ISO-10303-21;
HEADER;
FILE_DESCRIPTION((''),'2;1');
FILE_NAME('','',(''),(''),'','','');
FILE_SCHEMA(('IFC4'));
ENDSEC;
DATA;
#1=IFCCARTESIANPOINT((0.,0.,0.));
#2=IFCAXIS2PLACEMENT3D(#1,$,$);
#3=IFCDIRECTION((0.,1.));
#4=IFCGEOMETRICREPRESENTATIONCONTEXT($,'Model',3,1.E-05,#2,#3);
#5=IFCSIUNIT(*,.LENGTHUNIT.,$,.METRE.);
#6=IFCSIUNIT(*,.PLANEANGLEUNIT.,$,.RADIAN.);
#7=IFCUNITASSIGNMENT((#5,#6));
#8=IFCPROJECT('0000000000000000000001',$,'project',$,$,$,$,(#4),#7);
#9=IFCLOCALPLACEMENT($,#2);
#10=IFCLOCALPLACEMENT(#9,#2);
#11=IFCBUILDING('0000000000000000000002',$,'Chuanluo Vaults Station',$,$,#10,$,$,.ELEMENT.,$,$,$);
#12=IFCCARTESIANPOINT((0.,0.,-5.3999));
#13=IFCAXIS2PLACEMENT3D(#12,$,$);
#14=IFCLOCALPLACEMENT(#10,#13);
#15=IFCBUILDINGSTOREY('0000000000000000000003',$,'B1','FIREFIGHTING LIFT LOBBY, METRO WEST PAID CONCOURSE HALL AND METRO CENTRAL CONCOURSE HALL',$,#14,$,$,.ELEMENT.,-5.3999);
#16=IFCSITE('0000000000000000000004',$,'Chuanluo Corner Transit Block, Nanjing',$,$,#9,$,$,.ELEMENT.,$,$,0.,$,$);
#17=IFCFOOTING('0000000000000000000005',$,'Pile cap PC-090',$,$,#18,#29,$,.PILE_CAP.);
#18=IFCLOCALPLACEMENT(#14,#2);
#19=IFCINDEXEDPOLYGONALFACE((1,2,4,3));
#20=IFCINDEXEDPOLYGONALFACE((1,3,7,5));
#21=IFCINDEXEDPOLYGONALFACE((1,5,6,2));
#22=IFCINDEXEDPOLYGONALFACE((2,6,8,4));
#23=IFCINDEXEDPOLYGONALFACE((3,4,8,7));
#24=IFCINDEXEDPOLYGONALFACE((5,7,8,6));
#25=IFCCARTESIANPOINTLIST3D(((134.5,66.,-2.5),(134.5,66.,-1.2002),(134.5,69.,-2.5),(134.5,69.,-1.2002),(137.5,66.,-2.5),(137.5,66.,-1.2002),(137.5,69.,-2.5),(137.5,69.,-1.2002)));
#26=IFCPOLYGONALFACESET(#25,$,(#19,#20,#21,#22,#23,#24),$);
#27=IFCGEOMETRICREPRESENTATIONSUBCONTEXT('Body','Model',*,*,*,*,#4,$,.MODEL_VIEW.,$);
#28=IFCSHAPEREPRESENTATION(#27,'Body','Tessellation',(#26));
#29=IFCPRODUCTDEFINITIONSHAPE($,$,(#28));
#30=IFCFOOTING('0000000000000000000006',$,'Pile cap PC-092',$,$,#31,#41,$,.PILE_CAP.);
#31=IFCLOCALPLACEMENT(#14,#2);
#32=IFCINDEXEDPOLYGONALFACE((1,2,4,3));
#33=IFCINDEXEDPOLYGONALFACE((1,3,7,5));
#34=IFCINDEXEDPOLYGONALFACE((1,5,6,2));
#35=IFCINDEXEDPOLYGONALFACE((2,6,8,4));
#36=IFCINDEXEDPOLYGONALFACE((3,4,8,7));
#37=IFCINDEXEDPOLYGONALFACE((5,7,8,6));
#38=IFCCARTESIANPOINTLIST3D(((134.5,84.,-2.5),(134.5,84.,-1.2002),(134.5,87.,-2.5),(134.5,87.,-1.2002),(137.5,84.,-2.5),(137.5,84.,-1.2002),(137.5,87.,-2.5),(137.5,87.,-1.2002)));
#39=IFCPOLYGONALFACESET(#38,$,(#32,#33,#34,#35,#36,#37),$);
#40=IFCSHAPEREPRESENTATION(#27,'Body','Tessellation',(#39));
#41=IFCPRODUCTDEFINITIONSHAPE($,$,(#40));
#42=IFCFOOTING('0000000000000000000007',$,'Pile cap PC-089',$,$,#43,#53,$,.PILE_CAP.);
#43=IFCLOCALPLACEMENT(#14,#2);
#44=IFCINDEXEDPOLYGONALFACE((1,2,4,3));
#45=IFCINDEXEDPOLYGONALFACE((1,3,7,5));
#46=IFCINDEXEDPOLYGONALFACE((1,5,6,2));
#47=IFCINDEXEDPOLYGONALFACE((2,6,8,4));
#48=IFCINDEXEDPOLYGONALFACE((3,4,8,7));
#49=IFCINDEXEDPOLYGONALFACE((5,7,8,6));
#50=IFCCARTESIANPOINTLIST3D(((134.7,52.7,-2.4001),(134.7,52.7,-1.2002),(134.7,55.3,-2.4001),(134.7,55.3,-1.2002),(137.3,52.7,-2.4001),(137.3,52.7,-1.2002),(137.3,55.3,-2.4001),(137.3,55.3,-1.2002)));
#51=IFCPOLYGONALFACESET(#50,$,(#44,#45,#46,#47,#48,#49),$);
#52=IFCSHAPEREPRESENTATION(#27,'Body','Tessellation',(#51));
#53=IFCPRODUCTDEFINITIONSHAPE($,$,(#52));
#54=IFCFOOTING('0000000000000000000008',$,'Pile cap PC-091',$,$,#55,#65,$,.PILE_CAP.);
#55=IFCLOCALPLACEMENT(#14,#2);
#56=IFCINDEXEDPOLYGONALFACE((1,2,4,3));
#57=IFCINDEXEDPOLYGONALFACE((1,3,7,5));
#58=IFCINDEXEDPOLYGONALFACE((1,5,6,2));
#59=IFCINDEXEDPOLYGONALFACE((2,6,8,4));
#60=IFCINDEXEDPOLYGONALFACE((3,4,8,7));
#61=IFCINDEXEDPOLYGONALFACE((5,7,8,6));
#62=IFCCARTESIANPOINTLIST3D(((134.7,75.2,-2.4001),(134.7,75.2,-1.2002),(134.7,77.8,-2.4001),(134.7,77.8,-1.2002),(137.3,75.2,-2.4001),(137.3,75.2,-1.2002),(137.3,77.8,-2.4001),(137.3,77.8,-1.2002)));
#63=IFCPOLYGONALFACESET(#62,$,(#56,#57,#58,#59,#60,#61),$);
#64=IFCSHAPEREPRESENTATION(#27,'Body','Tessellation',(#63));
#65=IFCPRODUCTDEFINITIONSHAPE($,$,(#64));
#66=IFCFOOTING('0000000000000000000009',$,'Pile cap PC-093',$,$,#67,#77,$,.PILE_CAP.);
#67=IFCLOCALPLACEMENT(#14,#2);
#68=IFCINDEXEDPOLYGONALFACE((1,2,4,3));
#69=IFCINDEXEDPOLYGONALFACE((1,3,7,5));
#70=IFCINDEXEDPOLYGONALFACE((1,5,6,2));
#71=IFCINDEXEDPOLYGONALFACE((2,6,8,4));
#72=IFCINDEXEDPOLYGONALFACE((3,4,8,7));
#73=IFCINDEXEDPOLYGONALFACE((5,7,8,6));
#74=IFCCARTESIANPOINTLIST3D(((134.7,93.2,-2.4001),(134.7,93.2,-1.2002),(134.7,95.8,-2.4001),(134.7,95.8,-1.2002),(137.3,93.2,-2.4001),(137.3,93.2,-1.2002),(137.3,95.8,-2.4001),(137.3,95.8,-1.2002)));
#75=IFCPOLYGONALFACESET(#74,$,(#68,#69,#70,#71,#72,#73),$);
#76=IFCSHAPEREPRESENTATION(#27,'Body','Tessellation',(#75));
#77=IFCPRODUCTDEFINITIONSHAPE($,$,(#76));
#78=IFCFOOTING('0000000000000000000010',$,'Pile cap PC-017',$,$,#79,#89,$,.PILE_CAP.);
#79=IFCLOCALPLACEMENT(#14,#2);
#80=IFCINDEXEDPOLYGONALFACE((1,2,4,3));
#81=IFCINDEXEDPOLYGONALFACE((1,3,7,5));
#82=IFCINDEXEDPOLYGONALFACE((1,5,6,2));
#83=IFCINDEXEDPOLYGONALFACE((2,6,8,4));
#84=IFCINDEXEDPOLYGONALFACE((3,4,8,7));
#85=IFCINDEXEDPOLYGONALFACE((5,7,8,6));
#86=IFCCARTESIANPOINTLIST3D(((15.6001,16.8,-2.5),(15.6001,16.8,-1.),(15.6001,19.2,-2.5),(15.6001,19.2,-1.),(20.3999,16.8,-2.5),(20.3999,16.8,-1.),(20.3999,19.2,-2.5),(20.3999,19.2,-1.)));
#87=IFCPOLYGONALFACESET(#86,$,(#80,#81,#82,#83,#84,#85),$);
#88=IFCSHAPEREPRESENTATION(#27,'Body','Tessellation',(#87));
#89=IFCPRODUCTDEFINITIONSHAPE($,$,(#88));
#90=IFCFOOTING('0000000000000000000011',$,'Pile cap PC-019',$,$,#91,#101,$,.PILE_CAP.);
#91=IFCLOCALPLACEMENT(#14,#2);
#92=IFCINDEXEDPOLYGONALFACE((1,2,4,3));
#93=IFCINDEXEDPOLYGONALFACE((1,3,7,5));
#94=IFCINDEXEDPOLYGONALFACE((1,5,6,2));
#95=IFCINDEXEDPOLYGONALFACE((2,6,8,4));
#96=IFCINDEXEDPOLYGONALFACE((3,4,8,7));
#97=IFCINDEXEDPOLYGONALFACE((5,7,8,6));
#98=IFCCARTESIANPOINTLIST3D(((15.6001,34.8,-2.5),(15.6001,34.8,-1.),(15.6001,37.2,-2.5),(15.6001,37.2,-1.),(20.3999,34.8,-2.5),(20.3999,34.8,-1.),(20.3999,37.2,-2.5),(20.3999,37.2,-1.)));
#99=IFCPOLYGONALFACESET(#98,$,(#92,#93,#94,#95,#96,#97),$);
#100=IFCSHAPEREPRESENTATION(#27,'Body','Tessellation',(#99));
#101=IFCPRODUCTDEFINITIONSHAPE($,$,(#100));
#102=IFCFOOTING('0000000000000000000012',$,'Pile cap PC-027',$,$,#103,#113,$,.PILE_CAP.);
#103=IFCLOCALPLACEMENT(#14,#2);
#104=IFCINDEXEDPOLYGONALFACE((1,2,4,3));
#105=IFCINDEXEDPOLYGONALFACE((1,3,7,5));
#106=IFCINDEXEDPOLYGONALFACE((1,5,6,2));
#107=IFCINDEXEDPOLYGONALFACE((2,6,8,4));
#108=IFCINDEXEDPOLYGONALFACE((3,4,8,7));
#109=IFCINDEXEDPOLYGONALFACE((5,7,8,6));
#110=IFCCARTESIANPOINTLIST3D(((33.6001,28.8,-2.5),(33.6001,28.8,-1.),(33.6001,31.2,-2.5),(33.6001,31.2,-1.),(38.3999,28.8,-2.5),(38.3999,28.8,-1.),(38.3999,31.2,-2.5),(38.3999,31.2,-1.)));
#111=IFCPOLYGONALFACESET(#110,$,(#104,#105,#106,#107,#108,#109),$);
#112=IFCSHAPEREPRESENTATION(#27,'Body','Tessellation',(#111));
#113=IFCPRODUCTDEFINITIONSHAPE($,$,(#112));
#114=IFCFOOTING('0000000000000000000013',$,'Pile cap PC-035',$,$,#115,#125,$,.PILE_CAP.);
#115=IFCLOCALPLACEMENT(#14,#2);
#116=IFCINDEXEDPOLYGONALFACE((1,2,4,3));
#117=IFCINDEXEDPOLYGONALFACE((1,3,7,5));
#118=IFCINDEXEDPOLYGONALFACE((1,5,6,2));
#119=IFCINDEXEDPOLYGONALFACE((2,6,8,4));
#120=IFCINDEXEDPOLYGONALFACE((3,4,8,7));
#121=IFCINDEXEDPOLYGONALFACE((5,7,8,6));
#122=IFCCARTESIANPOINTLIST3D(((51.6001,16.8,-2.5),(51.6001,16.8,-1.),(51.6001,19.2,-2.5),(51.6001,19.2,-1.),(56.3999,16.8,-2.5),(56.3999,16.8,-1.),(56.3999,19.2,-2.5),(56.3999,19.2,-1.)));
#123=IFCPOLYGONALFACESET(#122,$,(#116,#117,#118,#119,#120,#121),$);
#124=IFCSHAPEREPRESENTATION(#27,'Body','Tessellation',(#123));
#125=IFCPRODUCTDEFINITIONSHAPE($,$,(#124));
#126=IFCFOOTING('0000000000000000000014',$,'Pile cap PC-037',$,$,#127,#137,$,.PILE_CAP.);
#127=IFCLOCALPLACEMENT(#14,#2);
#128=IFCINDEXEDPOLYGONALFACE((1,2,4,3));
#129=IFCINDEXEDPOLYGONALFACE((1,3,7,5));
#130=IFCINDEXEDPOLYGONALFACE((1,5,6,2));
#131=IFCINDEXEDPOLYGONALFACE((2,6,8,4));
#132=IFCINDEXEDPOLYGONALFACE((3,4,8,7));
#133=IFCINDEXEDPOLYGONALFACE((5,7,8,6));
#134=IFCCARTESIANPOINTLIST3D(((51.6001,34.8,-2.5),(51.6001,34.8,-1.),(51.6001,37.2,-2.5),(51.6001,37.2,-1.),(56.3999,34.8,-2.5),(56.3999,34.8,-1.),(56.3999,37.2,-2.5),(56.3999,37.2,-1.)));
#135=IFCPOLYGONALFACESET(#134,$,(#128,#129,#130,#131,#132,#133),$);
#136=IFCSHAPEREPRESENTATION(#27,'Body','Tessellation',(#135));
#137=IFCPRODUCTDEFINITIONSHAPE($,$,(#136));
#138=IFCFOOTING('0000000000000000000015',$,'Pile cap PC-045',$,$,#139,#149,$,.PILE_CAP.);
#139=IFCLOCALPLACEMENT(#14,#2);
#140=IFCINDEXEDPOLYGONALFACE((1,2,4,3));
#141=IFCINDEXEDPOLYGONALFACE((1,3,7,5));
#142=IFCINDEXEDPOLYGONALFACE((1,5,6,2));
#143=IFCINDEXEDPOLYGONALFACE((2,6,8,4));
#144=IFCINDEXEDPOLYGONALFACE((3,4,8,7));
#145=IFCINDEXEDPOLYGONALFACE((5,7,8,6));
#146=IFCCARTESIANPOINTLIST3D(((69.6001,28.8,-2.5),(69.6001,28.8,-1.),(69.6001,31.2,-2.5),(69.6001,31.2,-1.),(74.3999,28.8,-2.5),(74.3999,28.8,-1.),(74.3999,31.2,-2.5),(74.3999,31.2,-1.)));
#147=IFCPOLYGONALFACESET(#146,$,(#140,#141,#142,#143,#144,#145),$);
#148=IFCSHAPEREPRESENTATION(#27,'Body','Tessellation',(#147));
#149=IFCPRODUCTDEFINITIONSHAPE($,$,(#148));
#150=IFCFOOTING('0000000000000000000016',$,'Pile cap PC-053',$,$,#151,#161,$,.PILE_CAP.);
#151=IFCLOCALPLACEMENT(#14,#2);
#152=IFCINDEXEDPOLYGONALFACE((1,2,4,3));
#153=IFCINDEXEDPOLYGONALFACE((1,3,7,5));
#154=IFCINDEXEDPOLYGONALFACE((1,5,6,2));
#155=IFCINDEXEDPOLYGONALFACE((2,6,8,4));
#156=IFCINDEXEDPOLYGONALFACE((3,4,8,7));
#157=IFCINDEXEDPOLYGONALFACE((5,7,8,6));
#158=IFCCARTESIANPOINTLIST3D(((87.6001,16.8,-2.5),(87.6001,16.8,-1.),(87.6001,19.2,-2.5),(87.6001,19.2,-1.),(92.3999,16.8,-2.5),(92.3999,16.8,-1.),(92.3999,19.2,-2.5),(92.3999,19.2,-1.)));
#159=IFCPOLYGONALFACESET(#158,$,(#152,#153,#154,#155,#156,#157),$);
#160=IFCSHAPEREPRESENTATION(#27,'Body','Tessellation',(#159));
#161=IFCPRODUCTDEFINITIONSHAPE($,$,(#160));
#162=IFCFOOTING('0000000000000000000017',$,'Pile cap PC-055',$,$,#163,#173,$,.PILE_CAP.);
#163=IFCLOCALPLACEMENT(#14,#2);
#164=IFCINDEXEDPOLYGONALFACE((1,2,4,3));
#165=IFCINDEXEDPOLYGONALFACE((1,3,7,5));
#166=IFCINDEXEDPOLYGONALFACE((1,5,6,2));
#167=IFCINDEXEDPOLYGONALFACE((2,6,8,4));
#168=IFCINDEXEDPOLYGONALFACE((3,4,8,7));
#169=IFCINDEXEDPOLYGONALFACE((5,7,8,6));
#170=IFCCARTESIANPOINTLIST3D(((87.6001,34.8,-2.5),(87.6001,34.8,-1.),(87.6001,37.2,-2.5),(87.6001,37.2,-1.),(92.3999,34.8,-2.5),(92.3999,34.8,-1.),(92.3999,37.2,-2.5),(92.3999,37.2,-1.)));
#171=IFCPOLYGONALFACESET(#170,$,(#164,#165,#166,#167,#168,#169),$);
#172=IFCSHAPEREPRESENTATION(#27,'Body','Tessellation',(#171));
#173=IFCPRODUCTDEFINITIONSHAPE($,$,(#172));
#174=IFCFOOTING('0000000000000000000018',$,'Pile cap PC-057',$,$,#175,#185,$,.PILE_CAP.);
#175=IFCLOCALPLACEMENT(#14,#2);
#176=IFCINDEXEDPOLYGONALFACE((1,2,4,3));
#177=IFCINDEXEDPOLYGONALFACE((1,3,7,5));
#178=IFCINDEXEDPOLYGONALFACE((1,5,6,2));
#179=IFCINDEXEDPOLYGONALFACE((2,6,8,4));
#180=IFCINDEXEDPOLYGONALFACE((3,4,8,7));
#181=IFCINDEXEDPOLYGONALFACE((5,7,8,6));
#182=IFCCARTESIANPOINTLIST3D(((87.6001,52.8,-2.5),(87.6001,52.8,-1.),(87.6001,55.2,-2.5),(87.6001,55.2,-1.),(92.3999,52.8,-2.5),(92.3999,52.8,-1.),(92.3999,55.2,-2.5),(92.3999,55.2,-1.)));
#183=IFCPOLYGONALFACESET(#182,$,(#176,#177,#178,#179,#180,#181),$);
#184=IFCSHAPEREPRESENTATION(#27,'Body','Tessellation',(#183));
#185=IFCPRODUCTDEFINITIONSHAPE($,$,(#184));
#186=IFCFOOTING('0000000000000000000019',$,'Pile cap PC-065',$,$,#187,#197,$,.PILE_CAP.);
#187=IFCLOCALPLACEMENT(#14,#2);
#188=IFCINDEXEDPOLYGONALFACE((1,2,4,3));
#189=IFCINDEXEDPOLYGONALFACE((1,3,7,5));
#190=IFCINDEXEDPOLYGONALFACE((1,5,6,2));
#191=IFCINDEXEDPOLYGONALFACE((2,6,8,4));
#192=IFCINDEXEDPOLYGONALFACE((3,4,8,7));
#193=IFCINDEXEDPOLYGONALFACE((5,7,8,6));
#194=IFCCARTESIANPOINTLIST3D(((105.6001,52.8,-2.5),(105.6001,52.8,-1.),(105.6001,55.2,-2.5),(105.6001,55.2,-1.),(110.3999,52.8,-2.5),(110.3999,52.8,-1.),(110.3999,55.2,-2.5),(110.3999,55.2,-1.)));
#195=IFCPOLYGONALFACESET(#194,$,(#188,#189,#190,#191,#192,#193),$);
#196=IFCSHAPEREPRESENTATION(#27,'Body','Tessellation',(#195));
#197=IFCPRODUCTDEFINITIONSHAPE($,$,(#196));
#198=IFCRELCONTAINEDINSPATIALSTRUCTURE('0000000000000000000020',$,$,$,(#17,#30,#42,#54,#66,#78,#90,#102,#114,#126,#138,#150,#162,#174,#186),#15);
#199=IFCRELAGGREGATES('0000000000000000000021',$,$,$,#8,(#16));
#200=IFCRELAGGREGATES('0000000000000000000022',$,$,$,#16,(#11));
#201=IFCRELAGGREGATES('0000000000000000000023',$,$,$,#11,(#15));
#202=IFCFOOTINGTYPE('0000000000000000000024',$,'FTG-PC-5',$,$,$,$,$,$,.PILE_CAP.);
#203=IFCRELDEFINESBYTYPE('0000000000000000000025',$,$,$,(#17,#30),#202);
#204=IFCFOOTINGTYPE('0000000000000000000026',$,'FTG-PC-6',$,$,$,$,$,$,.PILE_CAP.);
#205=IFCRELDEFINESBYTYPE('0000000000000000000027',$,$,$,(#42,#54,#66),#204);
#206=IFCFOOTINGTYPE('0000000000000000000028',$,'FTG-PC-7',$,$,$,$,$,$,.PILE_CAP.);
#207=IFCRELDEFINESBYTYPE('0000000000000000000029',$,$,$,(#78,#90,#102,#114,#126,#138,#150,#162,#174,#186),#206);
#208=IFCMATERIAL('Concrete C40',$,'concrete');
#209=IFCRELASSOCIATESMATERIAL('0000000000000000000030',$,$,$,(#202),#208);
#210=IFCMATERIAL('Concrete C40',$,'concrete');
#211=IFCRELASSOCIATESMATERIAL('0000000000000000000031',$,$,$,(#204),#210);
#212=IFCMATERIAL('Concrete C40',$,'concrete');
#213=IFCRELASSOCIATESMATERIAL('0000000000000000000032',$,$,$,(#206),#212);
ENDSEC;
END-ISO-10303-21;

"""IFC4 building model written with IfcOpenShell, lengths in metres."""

from ifc_helpers import new_model, si_unit, direction, frame, origin, place, context, subcontext, project, spatial, polyline, outline, extrude, material, type_object, element, save


model = new_model("IFC4")

# Units and contexts
model_context = context("Model", 3, precision=1e-05, world=origin(), true_north=direction((0.0, 1.0)))
body_context = subcontext(model_context, "Body", "Model", "MODEL_VIEW")
ifc_project = project(units=[si_unit("LENGTHUNIT", "METRE"), si_unit("PLANEANGLEUNIT", "RADIAN")], contexts=[model_context])

# Site, building, storey
site_placement = place(None, origin())
site = spatial("IfcSite", under=ifc_project, at=site_placement, Name="Chuanluo Corner Transit Block, Nanjing", CompositionType="ELEMENT", RefElevation=0.0)
building_placement = place(site_placement, origin())
building = spatial("IfcBuilding", under=site, at=building_placement, Name="Chuanluo Vaults Station", CompositionType="ELEMENT")
storey_placement = place(building_placement, frame((0.0, 0.0, -5.3999)))
storey = spatial("IfcBuildingStorey", under=building, at=storey_placement, Name="B1", Description="FIREFIGHTING LIFT LOBBY, METRO WEST PAID CONCOURSE HALL AND METRO CENTRAL CONCOURSE HALL", CompositionType="ELEMENT", Elevation=-5.3999)

# Footings
ifc_material_1 = material(Name="Concrete C40", Category="concrete")
footing_type_1 = type_object("IfcFootingType", Name="FTG-PC-5", PredefinedType="PILE_CAP", material=ifc_material_1)
footing_1_placement = place(storey_placement, frame((0.0, 0.0, -2.5)))
element("IfcFooting", 1, at=footing_1_placement, inside=storey, type_object=footing_type_1, Name="Pile cap PC-090", PredefinedType="PILE_CAP", context=body_context, shape_type="SweptSolid", body=[
    extrude(outline(polyline([(134.5, 66.0), (137.5, 66.0), (137.5, 69.0), (134.5, 69.0), (134.5, 66.0)])), origin(), (0.0, 0.0, 1.0), 1.2998),
])
footing_2_placement = place(storey_placement, frame((0.0, 0.0, -2.5)))
element("IfcFooting", 2, at=footing_2_placement, inside=storey, type_object=footing_type_1, Name="Pile cap PC-092", PredefinedType="PILE_CAP", context=body_context, shape_type="SweptSolid", body=[
    extrude(outline(polyline([(134.5, 84.0), (137.5, 84.0), (137.5, 87.0), (134.5, 87.0), (134.5, 84.0)])), origin(), (0.0, 0.0, 1.0), 1.2998),
])
ifc_material_2 = material(Name="Concrete C40", Category="concrete")
footing_type_2 = type_object("IfcFootingType", Name="FTG-PC-6", PredefinedType="PILE_CAP", material=ifc_material_2)
footing_3_placement = place(storey_placement, frame((0.0, 0.0, -2.4001)))
element("IfcFooting", 3, at=footing_3_placement, inside=storey, type_object=footing_type_2, Name="Pile cap PC-089", PredefinedType="PILE_CAP", context=body_context, shape_type="SweptSolid", body=[
    extrude(outline(polyline([(134.7, 52.7), (137.3, 52.7), (137.3, 55.3), (134.7, 55.3), (134.7, 52.7)])), origin(), (0.0, 0.0, 1.0), 1.2),
])
footing_4_placement = place(storey_placement, frame((0.0, 0.0, -2.4001)))
element("IfcFooting", 4, at=footing_4_placement, inside=storey, type_object=footing_type_2, Name="Pile cap PC-091", PredefinedType="PILE_CAP", context=body_context, shape_type="SweptSolid", body=[
    extrude(outline(polyline([(134.7, 75.2), (137.3, 75.2), (137.3, 77.8), (134.7, 77.8), (134.7, 75.2)])), origin(), (0.0, 0.0, 1.0), 1.2),
])
footing_5_placement = place(storey_placement, frame((0.0, 0.0, -2.4001)))
element("IfcFooting", 5, at=footing_5_placement, inside=storey, type_object=footing_type_2, Name="Pile cap PC-093", PredefinedType="PILE_CAP", context=body_context, shape_type="SweptSolid", body=[
    extrude(outline(polyline([(134.7, 93.2), (137.3, 93.2), (137.3, 95.8), (134.7, 95.8), (134.7, 93.2)])), origin(), (0.0, 0.0, 1.0), 1.2),
])
ifc_material_3 = material(Name="Concrete C40", Category="concrete")
footing_type_3 = type_object("IfcFootingType", Name="FTG-PC-7", PredefinedType="PILE_CAP", material=ifc_material_3)
footing_6_placement = place(storey_placement, frame((0.0, 0.0, -2.5)))
element("IfcFooting", 6, at=footing_6_placement, inside=storey, type_object=footing_type_3, Name="Pile cap PC-017", PredefinedType="PILE_CAP", context=body_context, shape_type="SweptSolid", body=[
    extrude(outline(polyline([(15.6001, 16.8), (20.3999, 16.8), (20.3999, 19.2), (15.6001, 19.2), (15.6001, 16.8)])), origin(), (0.0, 0.0, 1.0), 1.5),
])
footing_7_placement = place(storey_placement, frame((0.0, 0.0, -2.5)))
element("IfcFooting", 7, at=footing_7_placement, inside=storey, type_object=footing_type_3, Name="Pile cap PC-019", PredefinedType="PILE_CAP", context=body_context, shape_type="SweptSolid", body=[
    extrude(outline(polyline([(15.6001, 34.8), (20.3999, 34.8), (20.3999, 37.2), (15.6001, 37.2), (15.6001, 34.8)])), origin(), (0.0, 0.0, 1.0), 1.5),
])
footing_8_placement = place(storey_placement, frame((0.0, 0.0, -2.5)))
element("IfcFooting", 8, at=footing_8_placement, inside=storey, type_object=footing_type_3, Name="Pile cap PC-027", PredefinedType="PILE_CAP", context=body_context, shape_type="SweptSolid", body=[
    extrude(outline(polyline([(33.6001, 28.8), (38.3999, 28.8), (38.3999, 31.2), (33.6001, 31.2), (33.6001, 28.8)])), origin(), (0.0, 0.0, 1.0), 1.5),
])
footing_9_placement = place(storey_placement, frame((0.0, 0.0, -2.5)))
element("IfcFooting", 9, at=footing_9_placement, inside=storey, type_object=footing_type_3, Name="Pile cap PC-035", PredefinedType="PILE_CAP", context=body_context, shape_type="SweptSolid", body=[
    extrude(outline(polyline([(51.6001, 16.8), (56.3999, 16.8), (56.3999, 19.2), (51.6001, 19.2), (51.6001, 16.8)])), origin(), (0.0, 0.0, 1.0), 1.5),
])
footing_10_placement = place(storey_placement, frame((0.0, 0.0, -2.5)))
element("IfcFooting", 10, at=footing_10_placement, inside=storey, type_object=footing_type_3, Name="Pile cap PC-037", PredefinedType="PILE_CAP", context=body_context, shape_type="SweptSolid", body=[
    extrude(outline(polyline([(51.6001, 34.8), (56.3999, 34.8), (56.3999, 37.2), (51.6001, 37.2), (51.6001, 34.8)])), origin(), (0.0, 0.0, 1.0), 1.5),
])
footing_11_placement = place(storey_placement, frame((0.0, 0.0, -2.5)))
element("IfcFooting", 11, at=footing_11_placement, inside=storey, type_object=footing_type_3, Name="Pile cap PC-045", PredefinedType="PILE_CAP", context=body_context, shape_type="SweptSolid", body=[
    extrude(outline(polyline([(69.6001, 28.8), (74.3999, 28.8), (74.3999, 31.2), (69.6001, 31.2), (69.6001, 28.8)])), origin(), (0.0, 0.0, 1.0), 1.5),
])
footing_12_placement = place(storey_placement, frame((0.0, 0.0, -2.5)))
element("IfcFooting", 12, at=footing_12_placement, inside=storey, type_object=footing_type_3, Name="Pile cap PC-053", PredefinedType="PILE_CAP", context=body_context, shape_type="SweptSolid", body=[
    extrude(outline(polyline([(87.6001, 16.8), (92.3999, 16.8), (92.3999, 19.2), (87.6001, 19.2), (87.6001, 16.8)])), origin(), (0.0, 0.0, 1.0), 1.5),
])
footing_13_placement = place(storey_placement, frame((0.0, 0.0, -2.5)))
element("IfcFooting", 13, at=footing_13_placement, inside=storey, type_object=footing_type_3, Name="Pile cap PC-055", PredefinedType="PILE_CAP", context=body_context, shape_type="SweptSolid", body=[
    extrude(outline(polyline([(87.6001, 34.8), (92.3999, 34.8), (92.3999, 37.2), (87.6001, 37.2), (87.6001, 34.8)])), origin(), (0.0, 0.0, 1.0), 1.5),
])
footing_14_placement = place(storey_placement, frame((0.0, 0.0, -2.5)))
element("IfcFooting", 14, at=footing_14_placement, inside=storey, type_object=footing_type_3, Name="Pile cap PC-057", PredefinedType="PILE_CAP", context=body_context, shape_type="SweptSolid", body=[
    extrude(outline(polyline([(87.6001, 52.8), (92.3999, 52.8), (92.3999, 55.2), (87.6001, 55.2), (87.6001, 52.8)])), origin(), (0.0, 0.0, 1.0), 1.5),
])
footing_15_placement = place(storey_placement, frame((0.0, 0.0, -2.5)))
element("IfcFooting", 15, at=footing_15_placement, inside=storey, type_object=footing_type_3, Name="Pile cap PC-065", PredefinedType="PILE_CAP", context=body_context, shape_type="SweptSolid", body=[
    extrude(outline(polyline([(105.6001, 52.8), (110.3999, 52.8), (110.3999, 55.2), (105.6001, 55.2), (105.6001, 52.8)])), origin(), (0.0, 0.0, 1.0), 1.5),
])

save(model, "model.ifc")
